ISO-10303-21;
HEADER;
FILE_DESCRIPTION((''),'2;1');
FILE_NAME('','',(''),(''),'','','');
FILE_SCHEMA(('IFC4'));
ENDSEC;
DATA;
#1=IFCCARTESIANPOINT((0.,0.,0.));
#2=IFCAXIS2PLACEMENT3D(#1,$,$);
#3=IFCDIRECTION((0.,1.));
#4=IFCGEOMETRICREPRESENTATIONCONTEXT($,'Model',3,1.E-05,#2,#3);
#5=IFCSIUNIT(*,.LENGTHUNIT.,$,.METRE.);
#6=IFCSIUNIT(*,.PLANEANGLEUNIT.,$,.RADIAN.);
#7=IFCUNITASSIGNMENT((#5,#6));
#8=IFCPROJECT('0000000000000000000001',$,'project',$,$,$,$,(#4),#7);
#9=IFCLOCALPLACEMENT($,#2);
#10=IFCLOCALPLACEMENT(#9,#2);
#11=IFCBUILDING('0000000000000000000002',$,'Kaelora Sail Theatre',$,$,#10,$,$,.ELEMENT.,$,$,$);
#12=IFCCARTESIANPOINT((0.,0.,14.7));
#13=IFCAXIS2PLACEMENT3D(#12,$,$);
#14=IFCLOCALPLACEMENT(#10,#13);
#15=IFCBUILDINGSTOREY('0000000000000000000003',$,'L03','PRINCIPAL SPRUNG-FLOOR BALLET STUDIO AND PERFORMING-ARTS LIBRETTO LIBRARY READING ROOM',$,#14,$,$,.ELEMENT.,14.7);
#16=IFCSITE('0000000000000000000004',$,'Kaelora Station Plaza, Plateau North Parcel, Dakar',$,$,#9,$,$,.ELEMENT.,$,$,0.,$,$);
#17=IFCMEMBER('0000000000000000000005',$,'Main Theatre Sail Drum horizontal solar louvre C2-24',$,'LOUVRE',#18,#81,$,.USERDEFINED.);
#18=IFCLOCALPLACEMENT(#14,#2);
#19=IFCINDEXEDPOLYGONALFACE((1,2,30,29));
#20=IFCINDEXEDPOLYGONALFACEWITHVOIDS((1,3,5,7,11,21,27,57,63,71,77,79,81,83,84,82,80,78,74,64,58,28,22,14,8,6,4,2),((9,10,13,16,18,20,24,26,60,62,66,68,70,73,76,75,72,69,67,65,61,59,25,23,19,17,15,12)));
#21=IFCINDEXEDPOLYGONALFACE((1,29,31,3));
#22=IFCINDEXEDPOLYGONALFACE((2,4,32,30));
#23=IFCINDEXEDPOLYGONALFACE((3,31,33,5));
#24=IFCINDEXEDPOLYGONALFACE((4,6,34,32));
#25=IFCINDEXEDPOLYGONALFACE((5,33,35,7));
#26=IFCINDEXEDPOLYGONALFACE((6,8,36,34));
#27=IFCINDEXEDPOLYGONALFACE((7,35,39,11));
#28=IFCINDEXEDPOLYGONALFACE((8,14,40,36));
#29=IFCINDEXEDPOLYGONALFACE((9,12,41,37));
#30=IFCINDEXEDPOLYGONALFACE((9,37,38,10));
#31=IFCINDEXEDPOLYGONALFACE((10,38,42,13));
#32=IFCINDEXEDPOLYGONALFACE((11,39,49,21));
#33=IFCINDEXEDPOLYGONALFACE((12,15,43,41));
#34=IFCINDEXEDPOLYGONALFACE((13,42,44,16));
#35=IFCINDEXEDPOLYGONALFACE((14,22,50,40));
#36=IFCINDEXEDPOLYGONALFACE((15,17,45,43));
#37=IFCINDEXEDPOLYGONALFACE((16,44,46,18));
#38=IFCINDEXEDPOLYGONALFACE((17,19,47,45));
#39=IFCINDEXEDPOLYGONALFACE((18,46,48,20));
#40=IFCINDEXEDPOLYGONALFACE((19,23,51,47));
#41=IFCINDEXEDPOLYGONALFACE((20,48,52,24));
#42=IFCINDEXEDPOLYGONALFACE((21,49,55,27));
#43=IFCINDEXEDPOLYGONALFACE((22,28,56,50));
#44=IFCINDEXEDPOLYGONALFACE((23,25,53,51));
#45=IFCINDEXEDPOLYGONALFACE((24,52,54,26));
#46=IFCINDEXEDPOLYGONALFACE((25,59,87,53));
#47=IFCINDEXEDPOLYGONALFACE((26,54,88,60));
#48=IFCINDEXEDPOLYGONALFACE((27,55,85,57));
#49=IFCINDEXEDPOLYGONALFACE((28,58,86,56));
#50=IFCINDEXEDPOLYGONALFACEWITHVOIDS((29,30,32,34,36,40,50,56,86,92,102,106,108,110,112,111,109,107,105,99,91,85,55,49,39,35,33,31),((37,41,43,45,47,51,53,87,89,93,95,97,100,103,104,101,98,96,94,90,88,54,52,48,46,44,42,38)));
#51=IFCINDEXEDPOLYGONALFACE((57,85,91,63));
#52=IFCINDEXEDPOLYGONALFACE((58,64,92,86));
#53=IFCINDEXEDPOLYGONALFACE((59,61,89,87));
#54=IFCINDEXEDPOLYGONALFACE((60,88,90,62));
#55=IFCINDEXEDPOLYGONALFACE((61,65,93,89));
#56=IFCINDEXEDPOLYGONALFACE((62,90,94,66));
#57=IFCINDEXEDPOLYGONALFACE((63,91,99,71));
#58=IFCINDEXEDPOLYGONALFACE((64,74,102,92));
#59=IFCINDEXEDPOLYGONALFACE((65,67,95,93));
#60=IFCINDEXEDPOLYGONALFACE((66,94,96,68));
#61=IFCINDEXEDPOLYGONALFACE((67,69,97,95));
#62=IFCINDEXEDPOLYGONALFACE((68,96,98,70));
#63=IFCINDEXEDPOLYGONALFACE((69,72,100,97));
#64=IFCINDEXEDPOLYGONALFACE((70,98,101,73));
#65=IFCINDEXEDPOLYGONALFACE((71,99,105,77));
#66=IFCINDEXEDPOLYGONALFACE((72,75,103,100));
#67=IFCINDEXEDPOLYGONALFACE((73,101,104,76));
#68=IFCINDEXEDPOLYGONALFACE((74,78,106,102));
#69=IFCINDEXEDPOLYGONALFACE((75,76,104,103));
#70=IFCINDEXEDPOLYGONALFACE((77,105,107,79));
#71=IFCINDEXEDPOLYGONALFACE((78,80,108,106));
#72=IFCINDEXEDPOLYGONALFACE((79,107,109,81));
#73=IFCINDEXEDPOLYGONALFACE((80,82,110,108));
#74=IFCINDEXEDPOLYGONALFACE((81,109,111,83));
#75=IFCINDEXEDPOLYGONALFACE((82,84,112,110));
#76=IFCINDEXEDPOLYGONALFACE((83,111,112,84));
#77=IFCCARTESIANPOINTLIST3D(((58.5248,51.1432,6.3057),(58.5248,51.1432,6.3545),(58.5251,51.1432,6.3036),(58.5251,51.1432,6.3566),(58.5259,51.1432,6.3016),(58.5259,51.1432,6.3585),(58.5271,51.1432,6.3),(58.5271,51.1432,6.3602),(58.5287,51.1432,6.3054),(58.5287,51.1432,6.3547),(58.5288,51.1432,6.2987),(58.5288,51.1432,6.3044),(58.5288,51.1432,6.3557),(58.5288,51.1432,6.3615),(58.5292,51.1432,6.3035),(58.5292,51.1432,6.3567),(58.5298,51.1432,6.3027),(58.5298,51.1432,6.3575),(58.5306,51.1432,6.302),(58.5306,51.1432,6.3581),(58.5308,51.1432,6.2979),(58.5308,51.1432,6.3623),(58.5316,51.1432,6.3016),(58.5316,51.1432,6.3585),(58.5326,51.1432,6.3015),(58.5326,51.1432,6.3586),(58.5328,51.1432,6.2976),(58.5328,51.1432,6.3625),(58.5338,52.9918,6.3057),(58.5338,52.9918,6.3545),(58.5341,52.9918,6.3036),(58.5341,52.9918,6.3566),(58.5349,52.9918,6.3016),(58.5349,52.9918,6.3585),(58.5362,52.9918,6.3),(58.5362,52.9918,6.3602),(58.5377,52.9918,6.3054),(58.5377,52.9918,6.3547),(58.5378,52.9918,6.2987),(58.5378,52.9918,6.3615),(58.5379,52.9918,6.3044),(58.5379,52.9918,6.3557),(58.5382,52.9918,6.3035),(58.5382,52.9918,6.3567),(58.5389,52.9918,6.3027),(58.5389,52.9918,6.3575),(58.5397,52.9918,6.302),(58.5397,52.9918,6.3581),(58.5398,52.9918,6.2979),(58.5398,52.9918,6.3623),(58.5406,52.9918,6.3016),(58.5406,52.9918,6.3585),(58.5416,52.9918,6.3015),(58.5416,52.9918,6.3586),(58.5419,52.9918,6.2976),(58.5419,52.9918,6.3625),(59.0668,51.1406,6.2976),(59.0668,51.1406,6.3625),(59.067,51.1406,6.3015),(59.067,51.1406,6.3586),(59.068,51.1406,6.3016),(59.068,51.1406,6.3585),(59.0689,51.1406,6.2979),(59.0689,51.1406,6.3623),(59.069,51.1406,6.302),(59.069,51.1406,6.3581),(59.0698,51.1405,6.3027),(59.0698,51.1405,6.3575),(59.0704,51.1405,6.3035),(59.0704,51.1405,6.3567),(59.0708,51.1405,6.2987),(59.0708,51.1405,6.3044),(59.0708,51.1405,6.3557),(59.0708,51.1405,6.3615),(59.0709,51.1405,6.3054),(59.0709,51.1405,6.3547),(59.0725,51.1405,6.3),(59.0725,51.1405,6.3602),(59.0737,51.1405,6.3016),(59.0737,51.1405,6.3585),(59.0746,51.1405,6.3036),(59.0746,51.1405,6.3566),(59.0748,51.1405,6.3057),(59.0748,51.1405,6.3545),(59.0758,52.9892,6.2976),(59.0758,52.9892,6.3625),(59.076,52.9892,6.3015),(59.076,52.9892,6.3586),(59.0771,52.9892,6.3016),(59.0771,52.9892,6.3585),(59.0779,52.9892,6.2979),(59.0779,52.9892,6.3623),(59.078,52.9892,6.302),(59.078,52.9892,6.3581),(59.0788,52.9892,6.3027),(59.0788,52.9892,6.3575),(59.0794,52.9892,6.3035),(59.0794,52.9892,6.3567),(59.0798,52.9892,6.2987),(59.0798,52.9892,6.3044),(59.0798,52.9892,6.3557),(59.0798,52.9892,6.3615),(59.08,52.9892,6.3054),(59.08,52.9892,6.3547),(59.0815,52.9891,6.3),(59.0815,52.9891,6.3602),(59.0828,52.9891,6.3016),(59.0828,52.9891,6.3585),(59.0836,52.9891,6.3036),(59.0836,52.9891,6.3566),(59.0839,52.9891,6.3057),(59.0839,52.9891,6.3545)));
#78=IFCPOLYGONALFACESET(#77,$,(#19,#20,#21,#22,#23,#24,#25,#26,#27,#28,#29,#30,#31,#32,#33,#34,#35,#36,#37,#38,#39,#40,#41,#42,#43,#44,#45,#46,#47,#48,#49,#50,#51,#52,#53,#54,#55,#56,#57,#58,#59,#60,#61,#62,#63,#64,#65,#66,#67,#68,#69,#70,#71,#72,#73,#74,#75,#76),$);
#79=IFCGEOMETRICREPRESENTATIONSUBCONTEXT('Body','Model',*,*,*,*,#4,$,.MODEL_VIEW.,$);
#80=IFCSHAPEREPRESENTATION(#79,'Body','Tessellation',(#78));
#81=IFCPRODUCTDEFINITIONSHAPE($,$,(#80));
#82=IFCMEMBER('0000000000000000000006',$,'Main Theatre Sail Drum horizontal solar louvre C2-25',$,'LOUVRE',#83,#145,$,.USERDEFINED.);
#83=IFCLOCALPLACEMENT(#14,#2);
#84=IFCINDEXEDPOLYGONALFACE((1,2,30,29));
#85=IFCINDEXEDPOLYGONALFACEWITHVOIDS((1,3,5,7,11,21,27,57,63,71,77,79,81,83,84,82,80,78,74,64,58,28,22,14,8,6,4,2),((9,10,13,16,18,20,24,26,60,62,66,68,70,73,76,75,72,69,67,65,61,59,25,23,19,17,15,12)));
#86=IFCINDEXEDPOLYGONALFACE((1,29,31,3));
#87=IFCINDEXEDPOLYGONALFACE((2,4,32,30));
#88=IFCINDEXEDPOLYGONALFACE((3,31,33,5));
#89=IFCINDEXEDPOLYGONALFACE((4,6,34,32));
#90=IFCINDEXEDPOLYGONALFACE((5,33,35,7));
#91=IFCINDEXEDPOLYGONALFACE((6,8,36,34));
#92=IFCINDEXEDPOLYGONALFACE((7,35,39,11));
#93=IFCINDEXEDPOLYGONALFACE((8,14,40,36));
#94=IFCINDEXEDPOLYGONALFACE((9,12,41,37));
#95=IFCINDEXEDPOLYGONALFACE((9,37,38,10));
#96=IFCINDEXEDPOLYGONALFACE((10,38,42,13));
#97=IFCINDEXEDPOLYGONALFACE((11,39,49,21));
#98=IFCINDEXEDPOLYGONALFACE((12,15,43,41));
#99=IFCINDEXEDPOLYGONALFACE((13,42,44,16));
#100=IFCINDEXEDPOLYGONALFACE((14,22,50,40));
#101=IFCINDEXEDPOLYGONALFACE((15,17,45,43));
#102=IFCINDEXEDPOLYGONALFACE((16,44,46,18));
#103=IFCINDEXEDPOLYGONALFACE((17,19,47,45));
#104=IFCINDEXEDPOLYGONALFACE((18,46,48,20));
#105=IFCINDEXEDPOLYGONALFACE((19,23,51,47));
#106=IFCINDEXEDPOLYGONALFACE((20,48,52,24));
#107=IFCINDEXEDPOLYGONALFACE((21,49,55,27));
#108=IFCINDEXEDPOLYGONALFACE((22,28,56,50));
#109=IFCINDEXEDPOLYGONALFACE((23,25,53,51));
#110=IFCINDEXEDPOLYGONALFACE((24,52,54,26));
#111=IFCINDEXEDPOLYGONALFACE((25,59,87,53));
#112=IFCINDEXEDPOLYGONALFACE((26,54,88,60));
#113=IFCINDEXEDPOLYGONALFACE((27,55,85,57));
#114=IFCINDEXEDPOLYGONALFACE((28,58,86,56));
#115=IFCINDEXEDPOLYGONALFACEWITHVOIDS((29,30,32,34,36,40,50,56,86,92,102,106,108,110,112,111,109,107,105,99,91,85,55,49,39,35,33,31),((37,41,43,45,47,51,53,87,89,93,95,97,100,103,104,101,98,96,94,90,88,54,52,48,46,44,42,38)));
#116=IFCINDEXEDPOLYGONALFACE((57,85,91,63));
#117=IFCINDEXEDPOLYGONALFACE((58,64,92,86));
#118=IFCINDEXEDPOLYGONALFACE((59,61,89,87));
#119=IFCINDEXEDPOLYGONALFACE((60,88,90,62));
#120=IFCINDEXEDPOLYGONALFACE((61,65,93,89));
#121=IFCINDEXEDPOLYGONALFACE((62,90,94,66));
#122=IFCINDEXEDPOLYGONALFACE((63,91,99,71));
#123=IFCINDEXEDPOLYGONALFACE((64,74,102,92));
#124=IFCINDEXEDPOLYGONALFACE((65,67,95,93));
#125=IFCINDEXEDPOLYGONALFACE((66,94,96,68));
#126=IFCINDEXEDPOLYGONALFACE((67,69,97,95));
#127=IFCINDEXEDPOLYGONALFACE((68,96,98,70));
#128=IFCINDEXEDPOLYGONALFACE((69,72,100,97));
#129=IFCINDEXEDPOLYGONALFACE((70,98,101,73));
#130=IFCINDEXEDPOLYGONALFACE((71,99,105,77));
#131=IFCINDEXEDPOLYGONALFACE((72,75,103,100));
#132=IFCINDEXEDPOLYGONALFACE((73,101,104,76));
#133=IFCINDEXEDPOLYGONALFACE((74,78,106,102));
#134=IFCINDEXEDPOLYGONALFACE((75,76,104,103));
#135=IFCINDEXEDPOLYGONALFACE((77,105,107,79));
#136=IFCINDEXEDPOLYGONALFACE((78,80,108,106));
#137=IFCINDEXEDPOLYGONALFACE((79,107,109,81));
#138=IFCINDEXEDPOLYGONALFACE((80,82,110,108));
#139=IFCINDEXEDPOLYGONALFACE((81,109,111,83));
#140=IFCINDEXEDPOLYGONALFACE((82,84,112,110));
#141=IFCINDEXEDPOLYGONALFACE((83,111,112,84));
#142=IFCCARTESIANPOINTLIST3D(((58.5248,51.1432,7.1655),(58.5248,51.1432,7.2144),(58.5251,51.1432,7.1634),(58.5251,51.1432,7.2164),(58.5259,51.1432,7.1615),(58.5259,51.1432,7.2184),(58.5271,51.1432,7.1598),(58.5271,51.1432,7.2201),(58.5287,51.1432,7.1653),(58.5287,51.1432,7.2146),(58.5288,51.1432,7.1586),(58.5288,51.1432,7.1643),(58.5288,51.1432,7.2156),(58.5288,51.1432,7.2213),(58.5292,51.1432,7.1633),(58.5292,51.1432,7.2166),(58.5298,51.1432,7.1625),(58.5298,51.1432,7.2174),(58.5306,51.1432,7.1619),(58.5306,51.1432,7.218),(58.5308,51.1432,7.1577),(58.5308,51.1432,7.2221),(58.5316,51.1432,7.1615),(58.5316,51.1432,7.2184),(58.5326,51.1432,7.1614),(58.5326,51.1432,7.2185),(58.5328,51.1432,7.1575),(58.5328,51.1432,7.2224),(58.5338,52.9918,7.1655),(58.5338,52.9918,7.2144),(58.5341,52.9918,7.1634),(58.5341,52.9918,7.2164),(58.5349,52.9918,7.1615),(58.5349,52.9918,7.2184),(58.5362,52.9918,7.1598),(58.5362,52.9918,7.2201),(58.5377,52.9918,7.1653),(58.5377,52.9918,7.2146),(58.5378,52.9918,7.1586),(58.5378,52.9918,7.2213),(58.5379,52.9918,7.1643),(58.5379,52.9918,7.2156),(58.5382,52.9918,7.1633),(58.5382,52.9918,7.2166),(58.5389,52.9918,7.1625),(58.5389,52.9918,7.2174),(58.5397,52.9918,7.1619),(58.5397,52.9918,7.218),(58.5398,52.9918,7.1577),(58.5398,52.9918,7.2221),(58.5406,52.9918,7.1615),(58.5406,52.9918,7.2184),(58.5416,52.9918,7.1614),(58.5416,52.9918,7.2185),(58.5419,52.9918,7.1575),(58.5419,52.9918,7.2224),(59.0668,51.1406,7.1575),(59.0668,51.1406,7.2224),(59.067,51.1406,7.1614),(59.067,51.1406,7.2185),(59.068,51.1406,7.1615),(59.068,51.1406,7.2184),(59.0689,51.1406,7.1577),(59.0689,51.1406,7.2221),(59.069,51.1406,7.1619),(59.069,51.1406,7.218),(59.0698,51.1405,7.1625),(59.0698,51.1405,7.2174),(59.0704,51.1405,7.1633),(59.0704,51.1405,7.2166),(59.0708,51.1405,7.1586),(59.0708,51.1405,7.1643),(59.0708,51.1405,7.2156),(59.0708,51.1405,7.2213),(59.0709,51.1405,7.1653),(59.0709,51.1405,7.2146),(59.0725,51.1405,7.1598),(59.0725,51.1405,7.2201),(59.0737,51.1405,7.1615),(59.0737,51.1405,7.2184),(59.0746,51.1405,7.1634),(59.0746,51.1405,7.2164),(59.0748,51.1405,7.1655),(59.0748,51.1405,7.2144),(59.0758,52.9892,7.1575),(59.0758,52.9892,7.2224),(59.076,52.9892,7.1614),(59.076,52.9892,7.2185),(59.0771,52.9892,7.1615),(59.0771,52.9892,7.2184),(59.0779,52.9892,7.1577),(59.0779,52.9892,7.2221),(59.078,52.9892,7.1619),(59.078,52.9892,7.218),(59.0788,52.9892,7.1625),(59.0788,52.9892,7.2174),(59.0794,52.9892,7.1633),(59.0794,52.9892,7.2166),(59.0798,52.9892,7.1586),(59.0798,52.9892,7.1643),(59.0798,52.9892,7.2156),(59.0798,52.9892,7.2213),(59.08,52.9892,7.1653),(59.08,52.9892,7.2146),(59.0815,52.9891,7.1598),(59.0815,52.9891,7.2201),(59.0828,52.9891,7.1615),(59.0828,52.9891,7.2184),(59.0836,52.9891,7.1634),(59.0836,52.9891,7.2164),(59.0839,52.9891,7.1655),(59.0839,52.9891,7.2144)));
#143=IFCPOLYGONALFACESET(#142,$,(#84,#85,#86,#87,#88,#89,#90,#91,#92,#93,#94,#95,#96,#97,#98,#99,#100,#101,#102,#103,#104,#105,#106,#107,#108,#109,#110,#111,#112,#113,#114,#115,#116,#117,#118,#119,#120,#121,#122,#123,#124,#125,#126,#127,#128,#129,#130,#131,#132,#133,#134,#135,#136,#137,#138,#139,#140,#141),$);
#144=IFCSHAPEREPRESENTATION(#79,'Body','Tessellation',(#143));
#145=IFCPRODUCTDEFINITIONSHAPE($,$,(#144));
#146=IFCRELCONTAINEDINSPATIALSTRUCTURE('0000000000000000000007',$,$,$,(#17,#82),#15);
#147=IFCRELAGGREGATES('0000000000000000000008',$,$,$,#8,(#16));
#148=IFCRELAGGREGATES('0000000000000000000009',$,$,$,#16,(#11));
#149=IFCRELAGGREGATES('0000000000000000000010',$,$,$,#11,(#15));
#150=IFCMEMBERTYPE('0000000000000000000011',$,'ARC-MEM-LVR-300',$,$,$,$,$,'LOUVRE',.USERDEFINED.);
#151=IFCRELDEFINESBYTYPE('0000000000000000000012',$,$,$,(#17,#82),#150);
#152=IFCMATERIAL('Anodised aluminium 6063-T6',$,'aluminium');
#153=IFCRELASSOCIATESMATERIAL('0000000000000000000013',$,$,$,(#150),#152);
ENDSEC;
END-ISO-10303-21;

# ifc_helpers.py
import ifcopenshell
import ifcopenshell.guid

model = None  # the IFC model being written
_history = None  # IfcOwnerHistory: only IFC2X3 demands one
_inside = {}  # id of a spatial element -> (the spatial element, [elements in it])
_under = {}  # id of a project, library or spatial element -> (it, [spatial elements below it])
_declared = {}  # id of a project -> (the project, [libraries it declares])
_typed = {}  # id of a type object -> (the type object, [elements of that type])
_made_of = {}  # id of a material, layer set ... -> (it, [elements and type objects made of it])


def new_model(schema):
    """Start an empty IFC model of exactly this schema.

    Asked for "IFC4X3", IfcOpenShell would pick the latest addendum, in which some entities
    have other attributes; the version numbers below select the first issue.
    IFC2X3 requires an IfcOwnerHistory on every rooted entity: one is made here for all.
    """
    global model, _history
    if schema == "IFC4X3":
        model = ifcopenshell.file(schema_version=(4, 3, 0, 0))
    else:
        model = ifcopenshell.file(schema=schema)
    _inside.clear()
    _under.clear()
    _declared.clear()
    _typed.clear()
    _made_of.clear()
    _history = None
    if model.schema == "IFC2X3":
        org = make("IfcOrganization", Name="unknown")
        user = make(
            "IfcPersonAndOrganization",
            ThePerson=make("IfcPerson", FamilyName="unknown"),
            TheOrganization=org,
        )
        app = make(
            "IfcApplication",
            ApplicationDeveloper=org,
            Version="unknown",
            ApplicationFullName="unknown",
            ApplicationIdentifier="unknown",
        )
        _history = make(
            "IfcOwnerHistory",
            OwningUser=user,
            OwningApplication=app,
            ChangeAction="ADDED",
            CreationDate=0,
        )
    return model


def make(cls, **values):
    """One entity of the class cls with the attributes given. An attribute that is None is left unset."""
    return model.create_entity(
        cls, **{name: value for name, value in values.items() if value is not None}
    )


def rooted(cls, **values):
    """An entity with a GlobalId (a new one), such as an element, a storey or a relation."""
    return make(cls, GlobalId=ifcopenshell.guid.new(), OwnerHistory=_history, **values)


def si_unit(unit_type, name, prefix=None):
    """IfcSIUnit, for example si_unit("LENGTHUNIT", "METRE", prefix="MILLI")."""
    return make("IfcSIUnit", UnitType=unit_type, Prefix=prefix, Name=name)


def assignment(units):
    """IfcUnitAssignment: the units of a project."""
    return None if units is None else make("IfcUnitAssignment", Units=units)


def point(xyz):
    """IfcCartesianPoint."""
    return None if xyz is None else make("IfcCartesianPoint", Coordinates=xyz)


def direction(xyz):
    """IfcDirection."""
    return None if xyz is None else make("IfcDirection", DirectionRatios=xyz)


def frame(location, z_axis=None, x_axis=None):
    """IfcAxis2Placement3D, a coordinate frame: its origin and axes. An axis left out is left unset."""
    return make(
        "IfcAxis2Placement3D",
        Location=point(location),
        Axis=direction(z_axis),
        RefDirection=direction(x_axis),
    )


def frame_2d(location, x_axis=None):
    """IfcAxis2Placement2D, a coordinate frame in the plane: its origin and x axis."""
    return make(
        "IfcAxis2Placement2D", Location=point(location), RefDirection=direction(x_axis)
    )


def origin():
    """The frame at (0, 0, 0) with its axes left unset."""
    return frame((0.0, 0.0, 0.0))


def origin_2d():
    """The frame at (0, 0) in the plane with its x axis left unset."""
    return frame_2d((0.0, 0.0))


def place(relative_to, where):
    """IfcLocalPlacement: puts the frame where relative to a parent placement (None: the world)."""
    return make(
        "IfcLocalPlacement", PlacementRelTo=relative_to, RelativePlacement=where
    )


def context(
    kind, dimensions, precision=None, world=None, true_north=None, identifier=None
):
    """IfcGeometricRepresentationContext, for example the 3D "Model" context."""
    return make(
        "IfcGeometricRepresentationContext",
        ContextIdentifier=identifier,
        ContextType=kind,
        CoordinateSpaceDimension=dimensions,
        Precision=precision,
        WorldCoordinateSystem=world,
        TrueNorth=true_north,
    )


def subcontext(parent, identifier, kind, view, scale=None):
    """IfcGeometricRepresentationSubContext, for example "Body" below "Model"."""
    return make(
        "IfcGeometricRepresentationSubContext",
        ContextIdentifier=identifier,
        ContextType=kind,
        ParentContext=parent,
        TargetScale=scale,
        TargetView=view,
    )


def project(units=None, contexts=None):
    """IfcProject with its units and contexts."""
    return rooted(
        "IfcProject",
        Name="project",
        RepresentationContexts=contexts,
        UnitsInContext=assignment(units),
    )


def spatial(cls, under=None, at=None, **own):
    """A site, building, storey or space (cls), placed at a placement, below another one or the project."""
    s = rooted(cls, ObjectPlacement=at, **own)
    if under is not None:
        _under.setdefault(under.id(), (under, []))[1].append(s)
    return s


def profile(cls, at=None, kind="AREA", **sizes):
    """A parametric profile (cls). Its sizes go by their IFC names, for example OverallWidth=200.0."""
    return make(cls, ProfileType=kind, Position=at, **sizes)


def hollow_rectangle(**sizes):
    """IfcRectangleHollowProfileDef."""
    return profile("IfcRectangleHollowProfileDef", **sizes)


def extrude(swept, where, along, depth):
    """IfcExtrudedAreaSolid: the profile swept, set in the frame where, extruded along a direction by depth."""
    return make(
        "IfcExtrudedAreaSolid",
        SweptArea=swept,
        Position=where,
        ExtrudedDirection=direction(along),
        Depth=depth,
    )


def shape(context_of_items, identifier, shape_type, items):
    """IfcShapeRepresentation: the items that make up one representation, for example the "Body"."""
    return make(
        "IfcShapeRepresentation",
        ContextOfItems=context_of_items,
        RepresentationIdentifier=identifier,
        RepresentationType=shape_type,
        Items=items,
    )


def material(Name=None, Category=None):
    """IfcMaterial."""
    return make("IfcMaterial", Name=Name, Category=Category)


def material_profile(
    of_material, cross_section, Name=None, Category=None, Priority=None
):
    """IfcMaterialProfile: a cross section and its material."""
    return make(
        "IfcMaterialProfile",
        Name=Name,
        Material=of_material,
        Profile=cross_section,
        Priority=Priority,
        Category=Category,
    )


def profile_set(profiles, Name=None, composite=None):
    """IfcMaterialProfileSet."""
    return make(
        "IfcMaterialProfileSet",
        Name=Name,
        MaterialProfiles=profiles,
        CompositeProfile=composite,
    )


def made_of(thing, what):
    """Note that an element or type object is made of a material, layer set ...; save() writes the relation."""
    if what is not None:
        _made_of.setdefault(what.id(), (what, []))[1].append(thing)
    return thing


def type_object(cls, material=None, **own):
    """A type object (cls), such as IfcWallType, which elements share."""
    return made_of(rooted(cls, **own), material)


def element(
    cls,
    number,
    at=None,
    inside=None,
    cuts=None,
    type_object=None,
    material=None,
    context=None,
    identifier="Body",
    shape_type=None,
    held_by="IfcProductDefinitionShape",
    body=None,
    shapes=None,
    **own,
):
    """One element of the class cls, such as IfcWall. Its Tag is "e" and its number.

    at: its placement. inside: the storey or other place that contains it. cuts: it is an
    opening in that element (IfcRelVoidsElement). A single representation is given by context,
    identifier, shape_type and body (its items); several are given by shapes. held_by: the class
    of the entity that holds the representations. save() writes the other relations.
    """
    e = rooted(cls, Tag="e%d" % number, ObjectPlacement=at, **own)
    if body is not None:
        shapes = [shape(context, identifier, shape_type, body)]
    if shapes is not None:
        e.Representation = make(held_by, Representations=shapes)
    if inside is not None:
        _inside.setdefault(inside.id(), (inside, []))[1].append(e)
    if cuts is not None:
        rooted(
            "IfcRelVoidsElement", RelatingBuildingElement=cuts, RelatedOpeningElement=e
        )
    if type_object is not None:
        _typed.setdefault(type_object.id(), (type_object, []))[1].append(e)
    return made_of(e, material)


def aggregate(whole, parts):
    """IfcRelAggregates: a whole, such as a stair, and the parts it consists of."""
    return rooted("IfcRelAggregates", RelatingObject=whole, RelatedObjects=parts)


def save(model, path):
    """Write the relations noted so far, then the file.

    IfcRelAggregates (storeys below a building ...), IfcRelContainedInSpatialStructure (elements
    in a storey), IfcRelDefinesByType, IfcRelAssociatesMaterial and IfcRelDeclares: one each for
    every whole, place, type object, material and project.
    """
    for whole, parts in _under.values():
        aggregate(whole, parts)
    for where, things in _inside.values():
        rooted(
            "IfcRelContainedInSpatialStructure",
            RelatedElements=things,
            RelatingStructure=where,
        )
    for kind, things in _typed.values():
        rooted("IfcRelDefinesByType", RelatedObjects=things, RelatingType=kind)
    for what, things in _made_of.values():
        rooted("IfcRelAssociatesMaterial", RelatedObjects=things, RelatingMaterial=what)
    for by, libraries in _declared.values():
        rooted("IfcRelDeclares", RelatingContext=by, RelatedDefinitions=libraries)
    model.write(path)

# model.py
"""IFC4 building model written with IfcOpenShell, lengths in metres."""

from ifc_helpers import new_model, si_unit, direction, frame, origin, origin_2d, place, context, subcontext, project, spatial, hollow_rectangle, extrude, material, material_profile, profile_set, type_object, element, save


model = new_model("IFC4")

# Units and contexts
model_context = context("Model", 3, precision=1e-05, world=origin(), true_north=direction((0.0, 1.0)))
body_context = subcontext(model_context, "Body", "Model", "MODEL_VIEW")
ifc_project = project(units=[si_unit("LENGTHUNIT", "METRE"), si_unit("PLANEANGLEUNIT", "RADIAN")], contexts=[model_context])

# Site, building, storey
site_placement = place(None, origin())
site = spatial("IfcSite", under=ifc_project, at=site_placement, Name="Kaelora Station Plaza, Plateau North Parcel, Dakar", CompositionType="ELEMENT", RefElevation=0.0)
building_placement = place(site_placement, origin())
building = spatial("IfcBuilding", under=site, at=building_placement, Name="Kaelora Sail Theatre", CompositionType="ELEMENT")
storey_placement = place(building_placement, frame((0.0, 0.0, 14.7)))
storey = spatial("IfcBuildingStorey", under=building, at=storey_placement, Name="L03", Description="PRINCIPAL SPRUNG-FLOOR BALLET STUDIO AND PERFORMING-ARTS LIBRETTO LIBRARY READING ROOM", CompositionType="ELEMENT", Elevation=14.7)

# Members
ifc_material_1 = material(Name="Anodised aluminium 6063-T6", Category="aluminium")
ifc_material_profile_1 = material_profile(ifc_material_1, hollow_rectangle(XDim=0.55, YDim=0.0649, WallThickness=0.0039, InnerFilletRadius=0.0039, OuterFilletRadius=0.0081, at=origin_2d()), Name="LOUVRE 550x65x4")
ifc_profile_set_1 = profile_set([ifc_material_profile_1], Name="Anodised aluminium 6063-T6")
member_type = type_object("IfcMemberType", Name="ARC-MEM-LVR-300", ElementType="LOUVRE", PredefinedType="USERDEFINED", material=ifc_profile_set_1)
for number, where, z_axis, x_axis, name in (
    (1, (58.8088, 52.9905, 6.3301), (-0.004886, -0.999988, 0.0), (0.999988, -0.004886, 0.0), "Main Theatre Sail Drum horizontal solar louvre C2-24"),
    (2, (58.8088, 52.9905, 7.1899), (-0.004886, -0.999988, 0.0), (0.999988, -0.004886, 0.0), "Main Theatre Sail Drum horizontal solar louvre C2-25"),
):
    element("IfcMember", number, at=place(storey_placement, frame(where, z_axis=z_axis, x_axis=x_axis)), inside=storey, type_object=member_type, Name=name, ObjectType="LOUVRE", PredefinedType="USERDEFINED", context=body_context, shape_type="SweptSolid", body=[
        extrude(hollow_rectangle(XDim=0.55, YDim=0.0649, WallThickness=0.0039, InnerFilletRadius=0.0039, OuterFilletRadius=0.0081, at=origin_2d()), origin(), (0.0, 0.0, 1.0), 1.8486),
    ])

save(model, "model.ifc")
